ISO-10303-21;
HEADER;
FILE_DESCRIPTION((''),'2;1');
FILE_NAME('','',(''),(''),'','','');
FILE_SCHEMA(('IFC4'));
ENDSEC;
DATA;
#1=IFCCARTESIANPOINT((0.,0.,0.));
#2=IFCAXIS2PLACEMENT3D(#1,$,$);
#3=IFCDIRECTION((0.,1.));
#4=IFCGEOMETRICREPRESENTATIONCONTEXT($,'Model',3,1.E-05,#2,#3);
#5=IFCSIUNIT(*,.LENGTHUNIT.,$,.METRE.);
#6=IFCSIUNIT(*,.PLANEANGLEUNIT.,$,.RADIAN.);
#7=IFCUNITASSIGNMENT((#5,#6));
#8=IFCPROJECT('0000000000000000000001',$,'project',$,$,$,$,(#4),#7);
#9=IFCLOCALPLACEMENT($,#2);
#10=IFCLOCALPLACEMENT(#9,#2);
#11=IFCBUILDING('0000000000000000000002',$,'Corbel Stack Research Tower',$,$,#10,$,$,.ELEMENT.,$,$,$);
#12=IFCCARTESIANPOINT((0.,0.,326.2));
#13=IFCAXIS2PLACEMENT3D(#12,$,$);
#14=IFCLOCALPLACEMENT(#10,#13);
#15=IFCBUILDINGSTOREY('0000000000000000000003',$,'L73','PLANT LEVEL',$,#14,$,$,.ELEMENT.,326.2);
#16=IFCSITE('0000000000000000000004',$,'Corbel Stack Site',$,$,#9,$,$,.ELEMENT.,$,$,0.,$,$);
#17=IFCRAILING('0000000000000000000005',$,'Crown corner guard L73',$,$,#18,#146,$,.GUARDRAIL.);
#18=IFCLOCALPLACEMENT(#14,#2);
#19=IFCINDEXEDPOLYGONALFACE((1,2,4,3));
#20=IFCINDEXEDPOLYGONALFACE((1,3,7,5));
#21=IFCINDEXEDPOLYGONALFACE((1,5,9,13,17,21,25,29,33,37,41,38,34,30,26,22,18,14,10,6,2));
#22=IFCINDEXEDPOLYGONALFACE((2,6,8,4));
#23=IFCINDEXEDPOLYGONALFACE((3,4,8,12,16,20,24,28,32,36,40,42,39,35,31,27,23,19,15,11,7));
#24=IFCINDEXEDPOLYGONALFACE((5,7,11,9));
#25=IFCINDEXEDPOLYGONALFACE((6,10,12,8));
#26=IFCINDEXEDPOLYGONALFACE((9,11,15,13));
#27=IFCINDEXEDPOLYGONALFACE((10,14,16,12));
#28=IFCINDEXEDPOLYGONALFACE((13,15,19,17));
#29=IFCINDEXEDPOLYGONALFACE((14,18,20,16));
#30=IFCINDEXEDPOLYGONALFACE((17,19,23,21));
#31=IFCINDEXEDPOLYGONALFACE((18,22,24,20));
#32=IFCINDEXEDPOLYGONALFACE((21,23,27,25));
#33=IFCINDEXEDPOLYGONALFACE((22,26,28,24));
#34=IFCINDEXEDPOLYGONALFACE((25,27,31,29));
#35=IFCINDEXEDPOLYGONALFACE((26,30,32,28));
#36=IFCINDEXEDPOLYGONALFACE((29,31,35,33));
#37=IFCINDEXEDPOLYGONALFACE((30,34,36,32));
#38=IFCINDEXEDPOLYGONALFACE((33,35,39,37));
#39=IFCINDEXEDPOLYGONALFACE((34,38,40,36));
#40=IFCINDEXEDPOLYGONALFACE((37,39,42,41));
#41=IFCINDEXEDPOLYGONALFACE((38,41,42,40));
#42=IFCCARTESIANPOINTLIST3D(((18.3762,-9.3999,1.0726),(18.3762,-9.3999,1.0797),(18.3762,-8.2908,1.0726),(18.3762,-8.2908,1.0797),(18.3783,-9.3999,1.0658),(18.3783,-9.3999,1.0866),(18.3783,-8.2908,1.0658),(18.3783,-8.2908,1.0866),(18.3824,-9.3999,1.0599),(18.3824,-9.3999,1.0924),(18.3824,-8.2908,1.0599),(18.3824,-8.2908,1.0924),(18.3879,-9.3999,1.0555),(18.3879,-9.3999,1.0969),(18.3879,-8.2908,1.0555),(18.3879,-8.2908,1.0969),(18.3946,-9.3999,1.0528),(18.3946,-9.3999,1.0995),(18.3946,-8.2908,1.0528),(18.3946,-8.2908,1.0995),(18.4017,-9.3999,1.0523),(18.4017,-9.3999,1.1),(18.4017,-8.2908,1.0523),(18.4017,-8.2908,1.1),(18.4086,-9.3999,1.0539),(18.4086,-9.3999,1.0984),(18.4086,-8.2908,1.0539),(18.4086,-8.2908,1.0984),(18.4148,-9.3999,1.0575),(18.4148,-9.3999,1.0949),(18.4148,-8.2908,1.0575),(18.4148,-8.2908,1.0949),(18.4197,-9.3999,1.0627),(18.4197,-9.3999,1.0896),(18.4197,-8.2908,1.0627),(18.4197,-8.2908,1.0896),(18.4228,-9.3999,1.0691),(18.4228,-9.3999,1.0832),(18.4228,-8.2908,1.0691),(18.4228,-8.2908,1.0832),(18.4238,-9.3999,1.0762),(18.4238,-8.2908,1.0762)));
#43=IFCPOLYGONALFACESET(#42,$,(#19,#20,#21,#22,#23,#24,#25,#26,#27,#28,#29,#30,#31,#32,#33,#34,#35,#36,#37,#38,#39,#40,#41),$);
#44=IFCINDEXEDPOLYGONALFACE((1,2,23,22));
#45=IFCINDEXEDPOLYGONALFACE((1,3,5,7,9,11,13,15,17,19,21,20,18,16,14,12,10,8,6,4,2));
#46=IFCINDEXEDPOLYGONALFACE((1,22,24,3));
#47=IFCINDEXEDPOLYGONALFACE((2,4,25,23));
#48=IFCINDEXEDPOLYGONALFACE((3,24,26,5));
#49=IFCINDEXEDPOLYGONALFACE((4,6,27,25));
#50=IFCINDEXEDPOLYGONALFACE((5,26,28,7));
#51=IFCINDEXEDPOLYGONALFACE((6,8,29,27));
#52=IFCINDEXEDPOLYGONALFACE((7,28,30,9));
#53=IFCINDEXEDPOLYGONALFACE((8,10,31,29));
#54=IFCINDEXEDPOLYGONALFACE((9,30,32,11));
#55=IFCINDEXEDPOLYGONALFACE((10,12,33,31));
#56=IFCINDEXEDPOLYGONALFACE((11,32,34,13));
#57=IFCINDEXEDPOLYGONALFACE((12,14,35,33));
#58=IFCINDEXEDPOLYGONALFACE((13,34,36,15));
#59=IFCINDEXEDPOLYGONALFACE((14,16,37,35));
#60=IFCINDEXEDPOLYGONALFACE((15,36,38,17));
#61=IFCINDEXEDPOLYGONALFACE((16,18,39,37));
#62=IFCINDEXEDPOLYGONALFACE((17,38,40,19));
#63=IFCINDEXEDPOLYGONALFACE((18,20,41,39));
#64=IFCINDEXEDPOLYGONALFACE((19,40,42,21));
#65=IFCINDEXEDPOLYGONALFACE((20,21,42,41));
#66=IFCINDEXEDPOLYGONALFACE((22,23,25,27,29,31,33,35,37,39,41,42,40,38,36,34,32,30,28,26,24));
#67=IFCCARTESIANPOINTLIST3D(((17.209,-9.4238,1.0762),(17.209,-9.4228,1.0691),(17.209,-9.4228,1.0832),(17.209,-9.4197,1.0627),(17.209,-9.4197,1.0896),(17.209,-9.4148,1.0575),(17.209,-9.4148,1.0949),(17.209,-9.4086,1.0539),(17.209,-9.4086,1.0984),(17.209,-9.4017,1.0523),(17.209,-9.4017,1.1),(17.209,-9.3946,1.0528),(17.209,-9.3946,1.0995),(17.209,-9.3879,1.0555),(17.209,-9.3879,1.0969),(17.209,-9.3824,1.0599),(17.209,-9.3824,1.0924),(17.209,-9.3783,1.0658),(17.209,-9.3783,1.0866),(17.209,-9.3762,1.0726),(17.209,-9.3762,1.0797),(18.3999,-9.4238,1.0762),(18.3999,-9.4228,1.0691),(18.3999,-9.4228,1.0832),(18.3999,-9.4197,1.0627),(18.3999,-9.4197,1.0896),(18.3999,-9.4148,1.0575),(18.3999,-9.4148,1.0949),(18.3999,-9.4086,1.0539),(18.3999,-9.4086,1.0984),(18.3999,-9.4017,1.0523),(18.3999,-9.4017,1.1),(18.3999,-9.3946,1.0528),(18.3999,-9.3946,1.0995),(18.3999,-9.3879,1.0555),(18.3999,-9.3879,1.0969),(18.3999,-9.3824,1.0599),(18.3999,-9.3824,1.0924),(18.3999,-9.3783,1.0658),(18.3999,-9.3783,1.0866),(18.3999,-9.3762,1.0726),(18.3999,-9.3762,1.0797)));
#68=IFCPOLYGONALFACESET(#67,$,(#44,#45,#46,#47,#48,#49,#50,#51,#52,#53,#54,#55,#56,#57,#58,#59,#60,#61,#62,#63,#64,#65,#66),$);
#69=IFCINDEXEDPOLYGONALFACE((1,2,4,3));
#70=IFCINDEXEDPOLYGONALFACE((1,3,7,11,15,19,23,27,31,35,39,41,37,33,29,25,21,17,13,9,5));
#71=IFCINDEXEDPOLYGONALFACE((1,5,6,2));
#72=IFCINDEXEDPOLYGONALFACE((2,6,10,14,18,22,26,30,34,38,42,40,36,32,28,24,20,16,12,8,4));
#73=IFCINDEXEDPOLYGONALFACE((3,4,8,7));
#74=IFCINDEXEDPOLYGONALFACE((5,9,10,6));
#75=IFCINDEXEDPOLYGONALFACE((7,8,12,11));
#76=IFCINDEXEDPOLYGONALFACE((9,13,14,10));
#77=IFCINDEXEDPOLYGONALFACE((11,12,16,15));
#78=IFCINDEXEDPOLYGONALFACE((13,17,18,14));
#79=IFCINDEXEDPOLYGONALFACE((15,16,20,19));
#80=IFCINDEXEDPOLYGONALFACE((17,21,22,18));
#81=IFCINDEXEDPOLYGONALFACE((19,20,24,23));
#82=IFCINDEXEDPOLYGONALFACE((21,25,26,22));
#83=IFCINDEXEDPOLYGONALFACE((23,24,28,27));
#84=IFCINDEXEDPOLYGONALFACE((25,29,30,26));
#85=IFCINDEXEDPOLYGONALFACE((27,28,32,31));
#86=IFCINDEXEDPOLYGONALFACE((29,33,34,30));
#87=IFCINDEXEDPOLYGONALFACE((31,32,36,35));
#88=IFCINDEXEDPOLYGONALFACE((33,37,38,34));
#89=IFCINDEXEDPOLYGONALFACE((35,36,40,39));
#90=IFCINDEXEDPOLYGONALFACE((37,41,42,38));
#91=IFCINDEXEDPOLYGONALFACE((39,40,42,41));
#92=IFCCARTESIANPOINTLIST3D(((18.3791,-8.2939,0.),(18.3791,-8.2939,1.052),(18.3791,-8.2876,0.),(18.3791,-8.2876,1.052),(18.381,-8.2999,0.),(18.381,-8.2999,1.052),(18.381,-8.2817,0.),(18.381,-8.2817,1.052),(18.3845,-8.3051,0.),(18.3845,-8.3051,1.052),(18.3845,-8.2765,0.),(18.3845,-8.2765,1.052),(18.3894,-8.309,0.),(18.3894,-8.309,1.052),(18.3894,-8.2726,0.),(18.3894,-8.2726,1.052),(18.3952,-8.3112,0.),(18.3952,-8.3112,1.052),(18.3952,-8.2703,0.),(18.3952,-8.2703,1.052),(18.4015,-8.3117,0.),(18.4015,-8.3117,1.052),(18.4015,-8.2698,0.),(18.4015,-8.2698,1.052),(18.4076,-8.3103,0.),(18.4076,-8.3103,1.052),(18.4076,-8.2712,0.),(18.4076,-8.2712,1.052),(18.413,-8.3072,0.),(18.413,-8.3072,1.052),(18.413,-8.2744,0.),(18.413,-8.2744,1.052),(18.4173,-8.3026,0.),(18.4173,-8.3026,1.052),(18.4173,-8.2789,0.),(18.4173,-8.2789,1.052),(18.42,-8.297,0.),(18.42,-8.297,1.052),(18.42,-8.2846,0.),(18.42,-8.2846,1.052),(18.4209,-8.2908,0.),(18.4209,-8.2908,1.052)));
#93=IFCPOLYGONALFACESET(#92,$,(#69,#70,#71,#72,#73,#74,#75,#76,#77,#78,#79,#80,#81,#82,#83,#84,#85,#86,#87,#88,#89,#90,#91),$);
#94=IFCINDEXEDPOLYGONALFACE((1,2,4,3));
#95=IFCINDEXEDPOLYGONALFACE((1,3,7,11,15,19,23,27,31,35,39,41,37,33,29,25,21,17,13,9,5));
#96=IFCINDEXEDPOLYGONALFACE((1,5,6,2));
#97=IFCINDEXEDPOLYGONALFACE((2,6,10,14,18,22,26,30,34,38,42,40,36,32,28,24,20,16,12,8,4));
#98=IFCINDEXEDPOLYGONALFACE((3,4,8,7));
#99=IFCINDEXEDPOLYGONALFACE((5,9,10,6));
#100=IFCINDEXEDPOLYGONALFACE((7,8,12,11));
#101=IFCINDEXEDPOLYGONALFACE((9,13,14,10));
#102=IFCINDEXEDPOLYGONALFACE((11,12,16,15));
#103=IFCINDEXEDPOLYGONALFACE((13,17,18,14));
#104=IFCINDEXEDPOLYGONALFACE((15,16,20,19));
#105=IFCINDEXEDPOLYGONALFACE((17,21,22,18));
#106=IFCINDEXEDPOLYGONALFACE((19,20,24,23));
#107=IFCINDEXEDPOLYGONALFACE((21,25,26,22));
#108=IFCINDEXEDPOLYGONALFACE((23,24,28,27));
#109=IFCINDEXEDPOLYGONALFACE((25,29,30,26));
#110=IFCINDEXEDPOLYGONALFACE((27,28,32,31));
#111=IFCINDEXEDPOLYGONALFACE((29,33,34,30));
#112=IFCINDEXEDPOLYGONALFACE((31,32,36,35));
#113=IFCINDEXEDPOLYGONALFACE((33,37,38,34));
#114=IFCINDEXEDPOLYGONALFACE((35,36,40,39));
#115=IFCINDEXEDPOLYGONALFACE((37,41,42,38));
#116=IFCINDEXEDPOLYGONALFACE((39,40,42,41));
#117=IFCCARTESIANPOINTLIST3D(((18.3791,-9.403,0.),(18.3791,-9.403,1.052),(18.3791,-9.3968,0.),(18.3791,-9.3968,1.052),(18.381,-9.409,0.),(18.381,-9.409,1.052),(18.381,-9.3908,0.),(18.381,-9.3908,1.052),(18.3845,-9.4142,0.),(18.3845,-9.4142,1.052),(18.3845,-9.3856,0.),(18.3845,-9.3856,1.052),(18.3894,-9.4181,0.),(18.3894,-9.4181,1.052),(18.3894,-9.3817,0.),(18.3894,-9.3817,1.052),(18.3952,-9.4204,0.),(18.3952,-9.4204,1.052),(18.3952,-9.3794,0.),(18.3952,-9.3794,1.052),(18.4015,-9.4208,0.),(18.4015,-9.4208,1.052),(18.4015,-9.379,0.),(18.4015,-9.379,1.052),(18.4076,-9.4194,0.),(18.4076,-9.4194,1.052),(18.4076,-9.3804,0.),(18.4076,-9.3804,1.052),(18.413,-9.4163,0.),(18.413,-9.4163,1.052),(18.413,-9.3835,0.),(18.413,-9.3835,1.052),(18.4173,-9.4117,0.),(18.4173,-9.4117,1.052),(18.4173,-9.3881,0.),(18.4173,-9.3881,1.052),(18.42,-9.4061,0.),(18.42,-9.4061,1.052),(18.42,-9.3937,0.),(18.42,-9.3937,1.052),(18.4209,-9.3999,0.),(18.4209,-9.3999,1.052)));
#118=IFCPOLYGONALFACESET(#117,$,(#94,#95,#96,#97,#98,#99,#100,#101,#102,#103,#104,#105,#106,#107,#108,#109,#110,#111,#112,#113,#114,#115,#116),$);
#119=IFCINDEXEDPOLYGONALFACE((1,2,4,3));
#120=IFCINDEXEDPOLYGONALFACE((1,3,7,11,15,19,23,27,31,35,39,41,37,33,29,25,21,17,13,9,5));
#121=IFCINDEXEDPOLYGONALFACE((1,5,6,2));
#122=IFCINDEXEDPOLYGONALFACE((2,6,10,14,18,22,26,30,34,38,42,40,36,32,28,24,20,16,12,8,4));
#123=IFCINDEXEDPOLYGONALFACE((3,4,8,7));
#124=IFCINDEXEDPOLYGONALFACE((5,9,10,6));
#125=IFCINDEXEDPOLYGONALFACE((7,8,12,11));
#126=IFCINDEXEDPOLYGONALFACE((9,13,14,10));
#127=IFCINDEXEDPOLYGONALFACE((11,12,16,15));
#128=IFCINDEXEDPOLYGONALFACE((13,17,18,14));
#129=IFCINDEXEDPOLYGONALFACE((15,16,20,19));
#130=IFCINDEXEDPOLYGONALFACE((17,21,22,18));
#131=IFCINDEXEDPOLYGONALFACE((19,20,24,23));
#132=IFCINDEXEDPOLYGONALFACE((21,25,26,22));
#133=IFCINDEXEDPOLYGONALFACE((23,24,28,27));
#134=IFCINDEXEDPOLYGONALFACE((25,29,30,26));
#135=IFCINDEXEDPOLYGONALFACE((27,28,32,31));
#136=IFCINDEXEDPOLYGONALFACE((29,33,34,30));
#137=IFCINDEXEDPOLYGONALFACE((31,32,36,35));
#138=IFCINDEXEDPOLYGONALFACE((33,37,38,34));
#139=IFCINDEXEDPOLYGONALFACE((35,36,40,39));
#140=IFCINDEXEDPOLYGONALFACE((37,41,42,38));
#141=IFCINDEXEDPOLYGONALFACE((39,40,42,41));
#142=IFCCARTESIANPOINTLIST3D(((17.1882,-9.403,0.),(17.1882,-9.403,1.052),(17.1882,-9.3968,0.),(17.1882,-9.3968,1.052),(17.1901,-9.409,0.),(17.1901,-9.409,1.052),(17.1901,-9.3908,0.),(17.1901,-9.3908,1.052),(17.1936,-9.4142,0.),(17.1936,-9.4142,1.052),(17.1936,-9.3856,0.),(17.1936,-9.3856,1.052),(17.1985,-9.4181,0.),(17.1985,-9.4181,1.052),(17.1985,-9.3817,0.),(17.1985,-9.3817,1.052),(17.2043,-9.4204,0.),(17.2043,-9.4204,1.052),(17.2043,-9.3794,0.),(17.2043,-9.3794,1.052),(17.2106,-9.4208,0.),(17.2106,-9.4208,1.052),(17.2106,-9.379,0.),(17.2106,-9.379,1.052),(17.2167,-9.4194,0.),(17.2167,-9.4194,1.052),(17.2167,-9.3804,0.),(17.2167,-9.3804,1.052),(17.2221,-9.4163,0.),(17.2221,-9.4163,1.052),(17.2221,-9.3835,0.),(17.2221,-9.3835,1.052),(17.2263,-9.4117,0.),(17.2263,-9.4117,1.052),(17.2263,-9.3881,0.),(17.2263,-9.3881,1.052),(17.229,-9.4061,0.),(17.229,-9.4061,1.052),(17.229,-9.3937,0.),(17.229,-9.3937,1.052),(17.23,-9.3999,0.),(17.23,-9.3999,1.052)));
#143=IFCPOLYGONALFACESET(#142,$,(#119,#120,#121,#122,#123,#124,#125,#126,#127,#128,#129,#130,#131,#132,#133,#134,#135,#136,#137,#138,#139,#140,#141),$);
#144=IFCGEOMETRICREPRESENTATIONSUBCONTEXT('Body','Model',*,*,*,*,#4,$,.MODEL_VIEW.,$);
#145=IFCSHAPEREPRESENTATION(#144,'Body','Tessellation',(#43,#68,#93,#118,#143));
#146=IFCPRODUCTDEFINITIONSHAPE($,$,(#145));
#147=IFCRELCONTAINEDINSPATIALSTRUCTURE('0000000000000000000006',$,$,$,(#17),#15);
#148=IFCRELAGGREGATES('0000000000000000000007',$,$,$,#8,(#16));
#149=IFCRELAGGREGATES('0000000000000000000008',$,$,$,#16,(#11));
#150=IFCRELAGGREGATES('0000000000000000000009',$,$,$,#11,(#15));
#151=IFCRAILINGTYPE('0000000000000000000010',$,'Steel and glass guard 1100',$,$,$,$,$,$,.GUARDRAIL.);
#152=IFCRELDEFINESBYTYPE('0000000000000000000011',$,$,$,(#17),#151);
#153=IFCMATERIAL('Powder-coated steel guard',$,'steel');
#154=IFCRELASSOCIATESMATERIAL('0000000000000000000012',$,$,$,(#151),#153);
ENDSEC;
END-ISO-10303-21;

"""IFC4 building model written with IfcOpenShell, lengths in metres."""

from ifc_helpers import new_model, si_unit, direction, frame, origin, origin_2d, place, context, subcontext, project, spatial, circle, extrude, material, type_object, element, save


model = new_model("IFC4")

# Units and contexts
model_context = context("Model", 3, precision=1e-05, world=origin(), true_north=direction((0.0, 1.0)))
body_context = subcontext(model_context, "Body", "Model", "MODEL_VIEW")
ifc_project = project(units=[si_unit("LENGTHUNIT", "METRE"), si_unit("PLANEANGLEUNIT", "RADIAN")], contexts=[model_context])

# Site, building, storey
site_placement = place(None, origin())
site = spatial("IfcSite", under=ifc_project, at=site_placement, Name="Corbel Stack Site", CompositionType="ELEMENT", RefElevation=0.0)
building_placement = place(site_placement, origin())
building = spatial("IfcBuilding", under=site, at=building_placement, Name="Corbel Stack Research Tower", CompositionType="ELEMENT")
storey_placement = place(building_placement, frame((0.0, 0.0, 326.2)))
storey = spatial("IfcBuildingStorey", under=building, at=storey_placement, Name="L73", Description="PLANT LEVEL", CompositionType="ELEMENT", Elevation=326.2)

# Railing
ifc_material_1 = material(Name="Powder-coated steel guard", Category="steel")
railing_type_1 = type_object("IfcRailingType", Name="Steel and glass guard 1100", PredefinedType="GUARDRAIL", material=ifc_material_1)
railing_1_placement = place(storey_placement, frame((18.3999, -8.2908, 0.0)))
element("IfcRailing", 1, at=railing_1_placement, inside=storey, type_object=railing_type_1, Name="Crown corner guard L73", PredefinedType="GUARDRAIL", context=body_context, shape_type="SweptSolid", body=[
    extrude(circle(Radius=0.0239, at=origin_2d()), frame((0.0, 0.0, 1.0762), z_axis=(0.0, -1.0, 0.0), x_axis=(1.0, 0.0, 0.0)), (0.0, 0.0, 1.0), 1.1091),
    extrude(circle(Radius=0.0239, at=origin_2d()), frame((0.0, -1.1091, 1.0762), z_axis=(-1.0, 0.0, 0.0), x_axis=(0.0, -1.0, 0.0)), (0.0, 0.0, 1.0), 1.1909),
    extrude(circle(Radius=0.021, at=origin_2d()), origin(), (0.0, 0.0, 1.0), 1.052),
    extrude(circle(Radius=0.021, at=origin_2d()), frame((0.0, -1.1091, 0.0)), (0.0, 0.0, 1.0), 1.052),
    extrude(circle(Radius=0.021, at=origin_2d()), frame((-1.1909, -1.1091, 0.0)), (0.0, 0.0, 1.0), 1.052),
])

save(model, "model.ifc")
